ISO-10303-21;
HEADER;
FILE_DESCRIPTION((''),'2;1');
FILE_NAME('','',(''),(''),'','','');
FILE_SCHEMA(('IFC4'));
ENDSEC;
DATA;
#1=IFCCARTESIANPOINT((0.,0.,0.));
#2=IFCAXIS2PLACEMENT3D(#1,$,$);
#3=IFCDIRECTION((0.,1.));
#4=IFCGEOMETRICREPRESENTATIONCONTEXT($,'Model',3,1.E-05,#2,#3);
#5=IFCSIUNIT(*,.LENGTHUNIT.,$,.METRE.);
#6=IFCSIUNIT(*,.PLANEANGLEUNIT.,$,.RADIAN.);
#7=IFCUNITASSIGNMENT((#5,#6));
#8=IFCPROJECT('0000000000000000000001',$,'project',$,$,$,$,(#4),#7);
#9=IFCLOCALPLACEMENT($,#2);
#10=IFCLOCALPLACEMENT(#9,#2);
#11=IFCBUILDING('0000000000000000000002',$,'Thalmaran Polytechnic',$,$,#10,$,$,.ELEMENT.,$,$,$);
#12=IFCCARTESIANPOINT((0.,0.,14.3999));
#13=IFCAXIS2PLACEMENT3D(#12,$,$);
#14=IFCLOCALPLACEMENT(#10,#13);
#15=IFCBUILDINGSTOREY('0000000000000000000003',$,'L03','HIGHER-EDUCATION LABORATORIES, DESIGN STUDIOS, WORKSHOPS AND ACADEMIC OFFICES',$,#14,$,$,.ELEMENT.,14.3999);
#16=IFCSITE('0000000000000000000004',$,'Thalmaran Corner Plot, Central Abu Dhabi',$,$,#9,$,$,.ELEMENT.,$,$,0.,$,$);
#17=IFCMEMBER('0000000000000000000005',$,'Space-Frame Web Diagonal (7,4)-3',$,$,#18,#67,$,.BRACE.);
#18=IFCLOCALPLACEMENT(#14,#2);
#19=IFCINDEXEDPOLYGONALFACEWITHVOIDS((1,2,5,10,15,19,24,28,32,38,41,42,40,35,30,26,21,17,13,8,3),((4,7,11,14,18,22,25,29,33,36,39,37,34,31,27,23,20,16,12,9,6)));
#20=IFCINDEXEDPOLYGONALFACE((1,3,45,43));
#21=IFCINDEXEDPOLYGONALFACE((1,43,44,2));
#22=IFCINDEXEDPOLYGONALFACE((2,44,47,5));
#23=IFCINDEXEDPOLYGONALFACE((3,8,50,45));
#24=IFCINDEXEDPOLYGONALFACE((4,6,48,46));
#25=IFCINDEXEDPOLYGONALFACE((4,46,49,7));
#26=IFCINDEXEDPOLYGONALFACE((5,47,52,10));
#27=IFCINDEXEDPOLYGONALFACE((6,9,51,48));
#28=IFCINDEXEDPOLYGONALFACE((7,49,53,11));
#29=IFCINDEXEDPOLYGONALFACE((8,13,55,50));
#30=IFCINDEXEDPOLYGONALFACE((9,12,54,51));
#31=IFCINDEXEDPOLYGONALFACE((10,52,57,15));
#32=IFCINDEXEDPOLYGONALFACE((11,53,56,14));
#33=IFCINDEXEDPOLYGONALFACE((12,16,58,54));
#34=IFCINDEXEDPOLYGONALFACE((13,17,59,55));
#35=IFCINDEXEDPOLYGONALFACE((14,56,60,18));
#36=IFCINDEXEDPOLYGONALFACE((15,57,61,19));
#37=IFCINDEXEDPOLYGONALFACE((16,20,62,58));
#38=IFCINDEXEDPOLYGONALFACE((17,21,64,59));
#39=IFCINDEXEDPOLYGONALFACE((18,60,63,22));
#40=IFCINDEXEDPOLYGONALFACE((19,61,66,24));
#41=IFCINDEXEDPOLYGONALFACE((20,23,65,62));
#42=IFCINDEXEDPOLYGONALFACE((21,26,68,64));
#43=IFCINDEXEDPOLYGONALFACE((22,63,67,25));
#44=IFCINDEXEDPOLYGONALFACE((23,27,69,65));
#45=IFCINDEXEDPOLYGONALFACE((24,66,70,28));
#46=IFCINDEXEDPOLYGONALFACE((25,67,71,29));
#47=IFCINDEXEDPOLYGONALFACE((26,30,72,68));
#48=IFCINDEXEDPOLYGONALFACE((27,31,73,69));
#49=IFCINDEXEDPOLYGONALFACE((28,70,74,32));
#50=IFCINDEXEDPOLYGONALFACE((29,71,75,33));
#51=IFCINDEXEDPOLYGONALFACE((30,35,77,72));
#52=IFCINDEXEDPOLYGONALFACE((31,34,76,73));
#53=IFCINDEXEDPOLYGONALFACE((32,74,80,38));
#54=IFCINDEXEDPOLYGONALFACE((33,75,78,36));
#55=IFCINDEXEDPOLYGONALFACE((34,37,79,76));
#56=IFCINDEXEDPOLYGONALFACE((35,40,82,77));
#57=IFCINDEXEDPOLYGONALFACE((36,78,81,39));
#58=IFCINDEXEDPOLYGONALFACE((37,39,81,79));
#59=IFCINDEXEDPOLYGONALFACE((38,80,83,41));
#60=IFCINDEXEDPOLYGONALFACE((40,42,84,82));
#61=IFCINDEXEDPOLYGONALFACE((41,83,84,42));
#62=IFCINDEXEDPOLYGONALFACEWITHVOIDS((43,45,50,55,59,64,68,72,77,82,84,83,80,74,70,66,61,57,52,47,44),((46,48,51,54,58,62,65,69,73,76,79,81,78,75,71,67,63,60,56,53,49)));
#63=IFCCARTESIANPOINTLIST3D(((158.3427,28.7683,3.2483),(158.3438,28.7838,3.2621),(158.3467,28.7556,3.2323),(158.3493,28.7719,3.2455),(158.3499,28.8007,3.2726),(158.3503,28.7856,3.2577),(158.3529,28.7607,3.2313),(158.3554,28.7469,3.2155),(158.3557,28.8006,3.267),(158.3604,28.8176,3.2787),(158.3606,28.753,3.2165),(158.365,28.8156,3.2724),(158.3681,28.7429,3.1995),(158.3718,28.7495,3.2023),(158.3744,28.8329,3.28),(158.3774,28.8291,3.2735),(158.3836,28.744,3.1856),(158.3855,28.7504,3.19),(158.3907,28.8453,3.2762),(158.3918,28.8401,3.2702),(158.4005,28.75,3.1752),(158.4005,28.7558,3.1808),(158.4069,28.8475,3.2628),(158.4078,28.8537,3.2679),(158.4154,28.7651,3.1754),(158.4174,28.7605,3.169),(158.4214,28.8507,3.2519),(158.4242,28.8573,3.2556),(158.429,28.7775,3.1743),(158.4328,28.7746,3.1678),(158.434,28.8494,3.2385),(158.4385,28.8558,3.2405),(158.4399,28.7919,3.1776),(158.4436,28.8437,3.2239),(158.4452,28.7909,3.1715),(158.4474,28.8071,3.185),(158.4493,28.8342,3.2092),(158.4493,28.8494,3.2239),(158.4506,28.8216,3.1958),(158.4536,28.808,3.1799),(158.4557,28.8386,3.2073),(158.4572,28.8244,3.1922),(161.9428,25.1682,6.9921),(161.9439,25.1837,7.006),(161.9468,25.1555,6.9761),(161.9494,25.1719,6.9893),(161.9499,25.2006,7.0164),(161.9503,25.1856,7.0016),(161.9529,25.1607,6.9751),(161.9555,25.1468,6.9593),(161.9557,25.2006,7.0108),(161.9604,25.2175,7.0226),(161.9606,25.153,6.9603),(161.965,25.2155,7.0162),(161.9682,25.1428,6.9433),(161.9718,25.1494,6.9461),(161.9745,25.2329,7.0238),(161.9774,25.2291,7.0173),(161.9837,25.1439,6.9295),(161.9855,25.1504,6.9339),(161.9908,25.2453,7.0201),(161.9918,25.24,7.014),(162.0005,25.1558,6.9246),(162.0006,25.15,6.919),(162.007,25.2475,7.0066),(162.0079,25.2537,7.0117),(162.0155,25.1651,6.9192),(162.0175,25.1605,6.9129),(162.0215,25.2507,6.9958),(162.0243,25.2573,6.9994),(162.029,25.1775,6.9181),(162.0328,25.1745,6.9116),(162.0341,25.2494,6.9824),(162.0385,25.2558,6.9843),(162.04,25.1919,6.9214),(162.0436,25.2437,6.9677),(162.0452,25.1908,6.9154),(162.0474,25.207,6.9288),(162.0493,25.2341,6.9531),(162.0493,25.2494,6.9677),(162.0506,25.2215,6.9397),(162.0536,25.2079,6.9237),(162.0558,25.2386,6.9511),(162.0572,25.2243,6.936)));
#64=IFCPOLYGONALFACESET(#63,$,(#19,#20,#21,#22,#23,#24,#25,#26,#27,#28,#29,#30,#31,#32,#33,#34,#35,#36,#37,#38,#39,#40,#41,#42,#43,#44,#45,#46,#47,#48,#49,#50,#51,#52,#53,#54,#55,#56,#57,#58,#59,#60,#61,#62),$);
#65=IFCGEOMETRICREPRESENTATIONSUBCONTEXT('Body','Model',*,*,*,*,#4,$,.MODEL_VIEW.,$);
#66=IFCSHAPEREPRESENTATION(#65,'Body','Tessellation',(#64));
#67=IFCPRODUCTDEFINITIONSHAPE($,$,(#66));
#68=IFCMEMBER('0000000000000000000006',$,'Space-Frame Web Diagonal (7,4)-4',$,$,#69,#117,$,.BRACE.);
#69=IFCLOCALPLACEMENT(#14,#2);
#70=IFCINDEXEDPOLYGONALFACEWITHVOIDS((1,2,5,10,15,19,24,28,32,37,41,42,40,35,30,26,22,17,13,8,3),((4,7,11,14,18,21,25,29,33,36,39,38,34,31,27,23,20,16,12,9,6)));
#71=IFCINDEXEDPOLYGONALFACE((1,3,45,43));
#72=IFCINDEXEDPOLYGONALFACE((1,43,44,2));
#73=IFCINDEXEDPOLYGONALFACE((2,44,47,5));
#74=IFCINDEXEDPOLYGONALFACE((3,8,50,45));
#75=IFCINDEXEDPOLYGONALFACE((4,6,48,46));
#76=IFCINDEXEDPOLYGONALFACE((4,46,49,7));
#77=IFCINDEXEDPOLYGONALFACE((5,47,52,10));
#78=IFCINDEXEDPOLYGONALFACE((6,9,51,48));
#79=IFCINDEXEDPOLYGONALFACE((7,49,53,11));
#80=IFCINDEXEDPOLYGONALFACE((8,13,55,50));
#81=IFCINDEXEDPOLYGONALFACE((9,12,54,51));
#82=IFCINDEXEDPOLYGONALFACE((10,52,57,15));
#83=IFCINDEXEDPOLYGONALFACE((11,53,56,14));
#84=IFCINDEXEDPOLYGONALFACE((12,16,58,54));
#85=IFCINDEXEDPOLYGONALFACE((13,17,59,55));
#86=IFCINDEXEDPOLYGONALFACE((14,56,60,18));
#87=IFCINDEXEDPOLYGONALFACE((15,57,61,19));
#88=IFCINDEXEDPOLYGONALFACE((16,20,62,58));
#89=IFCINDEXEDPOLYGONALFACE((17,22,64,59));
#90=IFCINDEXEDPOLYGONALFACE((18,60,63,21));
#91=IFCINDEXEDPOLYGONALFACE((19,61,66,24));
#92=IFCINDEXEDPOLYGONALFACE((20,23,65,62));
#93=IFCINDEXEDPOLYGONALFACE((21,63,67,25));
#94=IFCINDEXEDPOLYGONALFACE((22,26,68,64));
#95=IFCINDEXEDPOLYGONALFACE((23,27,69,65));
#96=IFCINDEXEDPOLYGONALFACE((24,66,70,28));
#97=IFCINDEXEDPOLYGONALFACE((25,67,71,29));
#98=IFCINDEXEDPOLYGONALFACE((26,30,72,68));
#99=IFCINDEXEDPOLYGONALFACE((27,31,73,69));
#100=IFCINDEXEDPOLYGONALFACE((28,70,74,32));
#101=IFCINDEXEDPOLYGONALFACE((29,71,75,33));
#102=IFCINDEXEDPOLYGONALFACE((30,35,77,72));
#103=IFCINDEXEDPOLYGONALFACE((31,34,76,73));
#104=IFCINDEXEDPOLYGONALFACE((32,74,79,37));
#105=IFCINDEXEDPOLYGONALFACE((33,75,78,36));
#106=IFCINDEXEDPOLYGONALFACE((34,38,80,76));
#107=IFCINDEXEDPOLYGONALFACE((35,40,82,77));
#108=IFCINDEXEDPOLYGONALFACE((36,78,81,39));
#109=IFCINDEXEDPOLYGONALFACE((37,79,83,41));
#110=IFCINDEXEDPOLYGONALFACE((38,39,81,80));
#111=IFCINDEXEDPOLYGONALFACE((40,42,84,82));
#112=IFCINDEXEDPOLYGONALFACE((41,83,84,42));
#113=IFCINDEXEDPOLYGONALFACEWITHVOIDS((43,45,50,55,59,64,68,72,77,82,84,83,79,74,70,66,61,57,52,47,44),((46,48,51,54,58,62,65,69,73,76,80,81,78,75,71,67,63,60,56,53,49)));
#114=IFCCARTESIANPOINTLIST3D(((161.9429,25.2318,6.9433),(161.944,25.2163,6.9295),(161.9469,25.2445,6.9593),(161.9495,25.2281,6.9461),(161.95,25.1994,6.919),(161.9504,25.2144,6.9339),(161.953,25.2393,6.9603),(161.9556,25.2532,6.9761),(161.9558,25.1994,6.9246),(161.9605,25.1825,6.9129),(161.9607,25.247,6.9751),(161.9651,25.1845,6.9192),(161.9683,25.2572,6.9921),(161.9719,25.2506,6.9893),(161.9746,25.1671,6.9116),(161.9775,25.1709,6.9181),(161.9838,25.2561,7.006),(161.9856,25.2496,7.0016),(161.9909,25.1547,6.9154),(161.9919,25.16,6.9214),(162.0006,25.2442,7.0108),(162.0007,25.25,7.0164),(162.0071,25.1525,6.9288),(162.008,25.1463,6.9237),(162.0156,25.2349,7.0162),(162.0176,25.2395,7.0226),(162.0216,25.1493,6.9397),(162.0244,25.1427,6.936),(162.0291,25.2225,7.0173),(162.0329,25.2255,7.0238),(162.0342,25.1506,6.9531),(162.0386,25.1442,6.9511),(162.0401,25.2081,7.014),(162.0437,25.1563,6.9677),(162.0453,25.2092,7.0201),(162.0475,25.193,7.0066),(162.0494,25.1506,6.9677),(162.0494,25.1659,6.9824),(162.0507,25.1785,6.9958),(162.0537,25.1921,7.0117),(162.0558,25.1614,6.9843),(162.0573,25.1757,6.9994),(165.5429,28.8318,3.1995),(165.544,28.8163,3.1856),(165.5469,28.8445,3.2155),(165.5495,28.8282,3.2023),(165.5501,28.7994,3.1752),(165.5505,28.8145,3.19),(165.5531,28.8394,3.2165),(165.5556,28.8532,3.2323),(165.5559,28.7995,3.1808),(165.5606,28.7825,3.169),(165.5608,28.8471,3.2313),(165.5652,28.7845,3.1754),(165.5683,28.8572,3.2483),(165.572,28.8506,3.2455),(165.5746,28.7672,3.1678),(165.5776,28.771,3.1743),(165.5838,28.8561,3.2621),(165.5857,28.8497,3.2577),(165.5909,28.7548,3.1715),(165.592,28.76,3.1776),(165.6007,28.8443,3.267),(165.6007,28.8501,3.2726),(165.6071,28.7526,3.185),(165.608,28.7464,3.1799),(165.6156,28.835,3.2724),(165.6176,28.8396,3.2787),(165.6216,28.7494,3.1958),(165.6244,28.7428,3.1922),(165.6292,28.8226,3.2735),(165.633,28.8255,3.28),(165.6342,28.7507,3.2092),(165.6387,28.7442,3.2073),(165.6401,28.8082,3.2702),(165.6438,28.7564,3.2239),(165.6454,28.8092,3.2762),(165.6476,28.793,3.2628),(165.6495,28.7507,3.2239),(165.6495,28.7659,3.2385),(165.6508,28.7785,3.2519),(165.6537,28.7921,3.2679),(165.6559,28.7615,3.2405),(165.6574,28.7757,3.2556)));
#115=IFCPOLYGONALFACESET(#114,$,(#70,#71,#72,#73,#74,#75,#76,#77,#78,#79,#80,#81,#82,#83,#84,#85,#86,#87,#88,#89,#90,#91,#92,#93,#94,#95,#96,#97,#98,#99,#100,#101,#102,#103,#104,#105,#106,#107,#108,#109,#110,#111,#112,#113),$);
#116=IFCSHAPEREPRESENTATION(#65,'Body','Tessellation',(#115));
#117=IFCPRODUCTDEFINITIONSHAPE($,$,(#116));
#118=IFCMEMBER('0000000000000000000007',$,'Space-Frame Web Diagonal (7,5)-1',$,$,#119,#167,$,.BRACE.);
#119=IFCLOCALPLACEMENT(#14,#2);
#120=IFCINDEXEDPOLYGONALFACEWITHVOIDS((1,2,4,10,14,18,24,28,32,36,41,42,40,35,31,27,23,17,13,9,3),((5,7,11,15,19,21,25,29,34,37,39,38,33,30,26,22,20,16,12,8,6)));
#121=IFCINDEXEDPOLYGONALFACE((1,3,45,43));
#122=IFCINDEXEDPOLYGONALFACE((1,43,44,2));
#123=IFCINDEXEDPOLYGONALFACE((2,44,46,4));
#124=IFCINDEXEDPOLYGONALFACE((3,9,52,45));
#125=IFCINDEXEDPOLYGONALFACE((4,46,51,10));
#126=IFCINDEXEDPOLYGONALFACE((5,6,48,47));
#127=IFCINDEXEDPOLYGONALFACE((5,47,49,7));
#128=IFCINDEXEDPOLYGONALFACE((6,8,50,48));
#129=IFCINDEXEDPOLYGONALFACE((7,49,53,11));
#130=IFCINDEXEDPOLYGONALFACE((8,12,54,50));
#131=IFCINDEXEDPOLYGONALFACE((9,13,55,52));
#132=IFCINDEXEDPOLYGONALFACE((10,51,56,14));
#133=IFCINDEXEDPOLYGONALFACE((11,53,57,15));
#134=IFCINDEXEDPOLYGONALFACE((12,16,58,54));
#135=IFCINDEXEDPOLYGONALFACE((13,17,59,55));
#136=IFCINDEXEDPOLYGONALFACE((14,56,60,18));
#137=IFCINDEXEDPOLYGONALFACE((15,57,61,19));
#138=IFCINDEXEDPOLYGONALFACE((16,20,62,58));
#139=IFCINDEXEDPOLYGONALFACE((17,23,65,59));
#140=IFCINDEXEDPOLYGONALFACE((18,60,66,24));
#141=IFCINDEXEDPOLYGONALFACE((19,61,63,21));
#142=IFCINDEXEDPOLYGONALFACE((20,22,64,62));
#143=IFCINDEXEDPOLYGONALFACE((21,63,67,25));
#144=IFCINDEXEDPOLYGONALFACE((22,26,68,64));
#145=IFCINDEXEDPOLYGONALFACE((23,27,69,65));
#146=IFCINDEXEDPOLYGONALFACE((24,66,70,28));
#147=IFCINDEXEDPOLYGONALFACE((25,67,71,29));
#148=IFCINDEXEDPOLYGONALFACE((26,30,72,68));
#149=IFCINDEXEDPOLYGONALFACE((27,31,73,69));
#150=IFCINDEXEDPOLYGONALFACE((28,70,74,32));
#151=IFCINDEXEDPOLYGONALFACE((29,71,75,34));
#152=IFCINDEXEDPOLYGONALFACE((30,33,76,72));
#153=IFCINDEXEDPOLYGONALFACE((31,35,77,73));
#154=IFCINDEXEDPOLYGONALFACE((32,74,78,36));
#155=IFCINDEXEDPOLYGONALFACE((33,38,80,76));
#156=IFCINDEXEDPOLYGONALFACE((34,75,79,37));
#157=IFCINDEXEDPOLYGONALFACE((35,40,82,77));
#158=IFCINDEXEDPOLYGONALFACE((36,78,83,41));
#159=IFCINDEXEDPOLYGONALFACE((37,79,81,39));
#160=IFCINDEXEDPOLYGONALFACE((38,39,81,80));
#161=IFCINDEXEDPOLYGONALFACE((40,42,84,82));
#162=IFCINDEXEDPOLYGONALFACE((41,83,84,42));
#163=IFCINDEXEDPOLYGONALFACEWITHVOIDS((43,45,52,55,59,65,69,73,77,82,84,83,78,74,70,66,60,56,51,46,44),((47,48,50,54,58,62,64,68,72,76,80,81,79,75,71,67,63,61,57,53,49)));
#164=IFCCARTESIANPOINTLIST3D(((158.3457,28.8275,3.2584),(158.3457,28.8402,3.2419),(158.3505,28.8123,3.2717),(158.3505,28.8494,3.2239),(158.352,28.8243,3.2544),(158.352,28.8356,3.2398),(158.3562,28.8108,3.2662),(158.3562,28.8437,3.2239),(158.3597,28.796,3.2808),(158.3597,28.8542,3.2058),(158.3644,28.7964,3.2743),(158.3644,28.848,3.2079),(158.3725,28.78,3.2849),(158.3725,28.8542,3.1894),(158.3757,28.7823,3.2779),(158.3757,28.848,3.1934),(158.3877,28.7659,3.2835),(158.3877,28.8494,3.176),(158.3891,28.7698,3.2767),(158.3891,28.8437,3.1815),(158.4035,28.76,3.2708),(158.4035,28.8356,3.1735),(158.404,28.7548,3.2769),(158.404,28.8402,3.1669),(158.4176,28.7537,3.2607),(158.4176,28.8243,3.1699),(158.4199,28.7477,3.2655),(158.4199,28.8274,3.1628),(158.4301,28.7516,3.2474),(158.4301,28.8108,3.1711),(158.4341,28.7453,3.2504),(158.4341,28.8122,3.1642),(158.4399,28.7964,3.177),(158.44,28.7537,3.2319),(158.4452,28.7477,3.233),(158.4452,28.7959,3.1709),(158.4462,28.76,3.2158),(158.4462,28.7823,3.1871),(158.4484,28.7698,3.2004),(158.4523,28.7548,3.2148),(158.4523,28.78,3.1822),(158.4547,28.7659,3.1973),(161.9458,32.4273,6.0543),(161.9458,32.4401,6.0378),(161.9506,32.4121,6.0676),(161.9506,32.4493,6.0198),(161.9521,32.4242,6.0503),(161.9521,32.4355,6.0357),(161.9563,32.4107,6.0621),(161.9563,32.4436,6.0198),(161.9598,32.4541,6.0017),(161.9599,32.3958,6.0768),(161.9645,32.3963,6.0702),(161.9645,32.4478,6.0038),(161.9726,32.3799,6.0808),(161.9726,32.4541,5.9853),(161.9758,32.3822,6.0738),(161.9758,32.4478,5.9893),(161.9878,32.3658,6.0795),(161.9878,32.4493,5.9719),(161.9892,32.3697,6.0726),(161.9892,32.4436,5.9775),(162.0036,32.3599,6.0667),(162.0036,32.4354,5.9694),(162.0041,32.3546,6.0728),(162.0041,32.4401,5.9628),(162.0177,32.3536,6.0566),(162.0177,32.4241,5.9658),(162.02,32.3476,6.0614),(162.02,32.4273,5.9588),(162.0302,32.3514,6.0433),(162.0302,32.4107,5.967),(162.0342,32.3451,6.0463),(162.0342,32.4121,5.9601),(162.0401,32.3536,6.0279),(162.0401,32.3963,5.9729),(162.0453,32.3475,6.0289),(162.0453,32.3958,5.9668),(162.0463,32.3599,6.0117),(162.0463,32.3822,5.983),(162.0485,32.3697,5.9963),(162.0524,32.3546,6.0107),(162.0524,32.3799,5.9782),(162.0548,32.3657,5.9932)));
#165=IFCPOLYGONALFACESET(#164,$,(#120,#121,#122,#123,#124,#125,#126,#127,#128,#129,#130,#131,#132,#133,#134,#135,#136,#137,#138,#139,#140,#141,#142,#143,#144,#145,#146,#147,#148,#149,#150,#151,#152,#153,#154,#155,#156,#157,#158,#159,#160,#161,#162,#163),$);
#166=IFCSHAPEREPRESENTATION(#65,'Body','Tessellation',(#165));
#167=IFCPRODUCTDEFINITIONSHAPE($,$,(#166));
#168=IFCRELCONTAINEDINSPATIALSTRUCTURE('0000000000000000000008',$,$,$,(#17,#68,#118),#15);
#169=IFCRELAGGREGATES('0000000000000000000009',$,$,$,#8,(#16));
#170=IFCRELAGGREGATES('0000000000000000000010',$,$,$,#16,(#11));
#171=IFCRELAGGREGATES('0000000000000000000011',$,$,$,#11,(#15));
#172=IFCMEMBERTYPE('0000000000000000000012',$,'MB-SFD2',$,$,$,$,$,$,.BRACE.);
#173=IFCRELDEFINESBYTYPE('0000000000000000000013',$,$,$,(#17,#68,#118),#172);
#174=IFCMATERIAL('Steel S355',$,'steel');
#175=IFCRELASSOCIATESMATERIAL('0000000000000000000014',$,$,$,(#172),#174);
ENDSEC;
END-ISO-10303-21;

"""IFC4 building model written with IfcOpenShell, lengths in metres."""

from ifc_helpers import new_model, si_unit, direction, frame, origin, origin_2d, place, context, subcontext, project, spatial, hollow_circle, extrude, material, material_profile, profile_set, type_object, element, save


model = new_model("IFC4")

# Units and contexts
model_context = context("Model", 3, precision=1e-05, world=origin(), true_north=direction((0.0, 1.0)))
body_context = subcontext(model_context, "Body", "Model", "MODEL_VIEW")
ifc_project = project(units=[si_unit("LENGTHUNIT", "METRE"), si_unit("PLANEANGLEUNIT", "RADIAN")], contexts=[model_context])

# Site, building, storey
site_placement = place(None, origin())
site = spatial("IfcSite", under=ifc_project, at=site_placement, Name="Thalmaran Corner Plot, Central Abu Dhabi", CompositionType="ELEMENT", RefElevation=0.0)
building_placement = place(site_placement, origin())
building = spatial("IfcBuilding", under=site, at=building_placement, Name="Thalmaran Polytechnic", CompositionType="ELEMENT")
storey_placement = place(building_placement, frame((0.0, 0.0, 14.3999)))
storey = spatial("IfcBuildingStorey", under=building, at=storey_placement, Name="L03", Description="HIGHER-EDUCATION LABORATORIES, DESIGN STUDIOS, WORKSHOPS AND ACADEMIC OFFICES", CompositionType="ELEMENT", Elevation=14.3999)

# Members
ifc_material = material(Name="Steel S355", Category="steel")
ifc_material_profile_1 = material_profile(ifc_material, hollow_circle(Radius=0.0698, WallThickness=0.0081, at=origin_2d()), Name="CHS 139.7x8.0")
ifc_profile_set_1 = profile_set([ifc_material_profile_1], Name="Steel S355")
member_type_1 = type_object("IfcMemberType", Name="MB-SFD2", PredefinedType="BRACE", material=ifc_profile_set_1)
for number, where, z_axis, x_axis, name in (
    (1, (158.3999, 28.8, 3.2239), (0.569666, -0.569666, 0.59242), (0.707107, 0.707107, 0.0), "Space-Frame Web Diagonal (7,4)-3"),
    (2, (165.6001, 28.8, 3.2239), (-0.569666, -0.569666, 0.59242), (0.707107, -0.707107, 0.0), "Space-Frame Web Diagonal (7,4)-4"),
):
    element("IfcMember", number, at=place(storey_placement, frame(where, z_axis=z_axis, x_axis=x_axis)), inside=storey, type_object=member_type_1, Name=name, PredefinedType="BRACE", context=body_context, shape_type="SweptSolid", body=[
        extrude(hollow_circle(Radius=0.0698, WallThickness=0.0081, at=origin_2d()), origin(), (0.0, 0.0, 1.0), 6.3196),
    ])
for number, where, z_axis, x_axis, name in (
    (3, (158.3999, 28.8, 3.2239), (0.619816, 0.619774, 0.48136), (-0.707083, 0.707131, 0.0), "Space-Frame Web Diagonal (7,5)-1"),
):
    element("IfcMember", number, at=place(storey_placement, frame(where, z_axis=z_axis, x_axis=x_axis)), inside=storey, type_object=member_type_1, Name=name, PredefinedType="BRACE", context=body_context, shape_type="SweptSolid", body=[
        extrude(hollow_circle(Radius=0.0698, WallThickness=0.0081, at=origin_2d()), origin(), (0.0, 0.0, 1.0), 5.8083),
    ])

save(model, "model.ifc")
